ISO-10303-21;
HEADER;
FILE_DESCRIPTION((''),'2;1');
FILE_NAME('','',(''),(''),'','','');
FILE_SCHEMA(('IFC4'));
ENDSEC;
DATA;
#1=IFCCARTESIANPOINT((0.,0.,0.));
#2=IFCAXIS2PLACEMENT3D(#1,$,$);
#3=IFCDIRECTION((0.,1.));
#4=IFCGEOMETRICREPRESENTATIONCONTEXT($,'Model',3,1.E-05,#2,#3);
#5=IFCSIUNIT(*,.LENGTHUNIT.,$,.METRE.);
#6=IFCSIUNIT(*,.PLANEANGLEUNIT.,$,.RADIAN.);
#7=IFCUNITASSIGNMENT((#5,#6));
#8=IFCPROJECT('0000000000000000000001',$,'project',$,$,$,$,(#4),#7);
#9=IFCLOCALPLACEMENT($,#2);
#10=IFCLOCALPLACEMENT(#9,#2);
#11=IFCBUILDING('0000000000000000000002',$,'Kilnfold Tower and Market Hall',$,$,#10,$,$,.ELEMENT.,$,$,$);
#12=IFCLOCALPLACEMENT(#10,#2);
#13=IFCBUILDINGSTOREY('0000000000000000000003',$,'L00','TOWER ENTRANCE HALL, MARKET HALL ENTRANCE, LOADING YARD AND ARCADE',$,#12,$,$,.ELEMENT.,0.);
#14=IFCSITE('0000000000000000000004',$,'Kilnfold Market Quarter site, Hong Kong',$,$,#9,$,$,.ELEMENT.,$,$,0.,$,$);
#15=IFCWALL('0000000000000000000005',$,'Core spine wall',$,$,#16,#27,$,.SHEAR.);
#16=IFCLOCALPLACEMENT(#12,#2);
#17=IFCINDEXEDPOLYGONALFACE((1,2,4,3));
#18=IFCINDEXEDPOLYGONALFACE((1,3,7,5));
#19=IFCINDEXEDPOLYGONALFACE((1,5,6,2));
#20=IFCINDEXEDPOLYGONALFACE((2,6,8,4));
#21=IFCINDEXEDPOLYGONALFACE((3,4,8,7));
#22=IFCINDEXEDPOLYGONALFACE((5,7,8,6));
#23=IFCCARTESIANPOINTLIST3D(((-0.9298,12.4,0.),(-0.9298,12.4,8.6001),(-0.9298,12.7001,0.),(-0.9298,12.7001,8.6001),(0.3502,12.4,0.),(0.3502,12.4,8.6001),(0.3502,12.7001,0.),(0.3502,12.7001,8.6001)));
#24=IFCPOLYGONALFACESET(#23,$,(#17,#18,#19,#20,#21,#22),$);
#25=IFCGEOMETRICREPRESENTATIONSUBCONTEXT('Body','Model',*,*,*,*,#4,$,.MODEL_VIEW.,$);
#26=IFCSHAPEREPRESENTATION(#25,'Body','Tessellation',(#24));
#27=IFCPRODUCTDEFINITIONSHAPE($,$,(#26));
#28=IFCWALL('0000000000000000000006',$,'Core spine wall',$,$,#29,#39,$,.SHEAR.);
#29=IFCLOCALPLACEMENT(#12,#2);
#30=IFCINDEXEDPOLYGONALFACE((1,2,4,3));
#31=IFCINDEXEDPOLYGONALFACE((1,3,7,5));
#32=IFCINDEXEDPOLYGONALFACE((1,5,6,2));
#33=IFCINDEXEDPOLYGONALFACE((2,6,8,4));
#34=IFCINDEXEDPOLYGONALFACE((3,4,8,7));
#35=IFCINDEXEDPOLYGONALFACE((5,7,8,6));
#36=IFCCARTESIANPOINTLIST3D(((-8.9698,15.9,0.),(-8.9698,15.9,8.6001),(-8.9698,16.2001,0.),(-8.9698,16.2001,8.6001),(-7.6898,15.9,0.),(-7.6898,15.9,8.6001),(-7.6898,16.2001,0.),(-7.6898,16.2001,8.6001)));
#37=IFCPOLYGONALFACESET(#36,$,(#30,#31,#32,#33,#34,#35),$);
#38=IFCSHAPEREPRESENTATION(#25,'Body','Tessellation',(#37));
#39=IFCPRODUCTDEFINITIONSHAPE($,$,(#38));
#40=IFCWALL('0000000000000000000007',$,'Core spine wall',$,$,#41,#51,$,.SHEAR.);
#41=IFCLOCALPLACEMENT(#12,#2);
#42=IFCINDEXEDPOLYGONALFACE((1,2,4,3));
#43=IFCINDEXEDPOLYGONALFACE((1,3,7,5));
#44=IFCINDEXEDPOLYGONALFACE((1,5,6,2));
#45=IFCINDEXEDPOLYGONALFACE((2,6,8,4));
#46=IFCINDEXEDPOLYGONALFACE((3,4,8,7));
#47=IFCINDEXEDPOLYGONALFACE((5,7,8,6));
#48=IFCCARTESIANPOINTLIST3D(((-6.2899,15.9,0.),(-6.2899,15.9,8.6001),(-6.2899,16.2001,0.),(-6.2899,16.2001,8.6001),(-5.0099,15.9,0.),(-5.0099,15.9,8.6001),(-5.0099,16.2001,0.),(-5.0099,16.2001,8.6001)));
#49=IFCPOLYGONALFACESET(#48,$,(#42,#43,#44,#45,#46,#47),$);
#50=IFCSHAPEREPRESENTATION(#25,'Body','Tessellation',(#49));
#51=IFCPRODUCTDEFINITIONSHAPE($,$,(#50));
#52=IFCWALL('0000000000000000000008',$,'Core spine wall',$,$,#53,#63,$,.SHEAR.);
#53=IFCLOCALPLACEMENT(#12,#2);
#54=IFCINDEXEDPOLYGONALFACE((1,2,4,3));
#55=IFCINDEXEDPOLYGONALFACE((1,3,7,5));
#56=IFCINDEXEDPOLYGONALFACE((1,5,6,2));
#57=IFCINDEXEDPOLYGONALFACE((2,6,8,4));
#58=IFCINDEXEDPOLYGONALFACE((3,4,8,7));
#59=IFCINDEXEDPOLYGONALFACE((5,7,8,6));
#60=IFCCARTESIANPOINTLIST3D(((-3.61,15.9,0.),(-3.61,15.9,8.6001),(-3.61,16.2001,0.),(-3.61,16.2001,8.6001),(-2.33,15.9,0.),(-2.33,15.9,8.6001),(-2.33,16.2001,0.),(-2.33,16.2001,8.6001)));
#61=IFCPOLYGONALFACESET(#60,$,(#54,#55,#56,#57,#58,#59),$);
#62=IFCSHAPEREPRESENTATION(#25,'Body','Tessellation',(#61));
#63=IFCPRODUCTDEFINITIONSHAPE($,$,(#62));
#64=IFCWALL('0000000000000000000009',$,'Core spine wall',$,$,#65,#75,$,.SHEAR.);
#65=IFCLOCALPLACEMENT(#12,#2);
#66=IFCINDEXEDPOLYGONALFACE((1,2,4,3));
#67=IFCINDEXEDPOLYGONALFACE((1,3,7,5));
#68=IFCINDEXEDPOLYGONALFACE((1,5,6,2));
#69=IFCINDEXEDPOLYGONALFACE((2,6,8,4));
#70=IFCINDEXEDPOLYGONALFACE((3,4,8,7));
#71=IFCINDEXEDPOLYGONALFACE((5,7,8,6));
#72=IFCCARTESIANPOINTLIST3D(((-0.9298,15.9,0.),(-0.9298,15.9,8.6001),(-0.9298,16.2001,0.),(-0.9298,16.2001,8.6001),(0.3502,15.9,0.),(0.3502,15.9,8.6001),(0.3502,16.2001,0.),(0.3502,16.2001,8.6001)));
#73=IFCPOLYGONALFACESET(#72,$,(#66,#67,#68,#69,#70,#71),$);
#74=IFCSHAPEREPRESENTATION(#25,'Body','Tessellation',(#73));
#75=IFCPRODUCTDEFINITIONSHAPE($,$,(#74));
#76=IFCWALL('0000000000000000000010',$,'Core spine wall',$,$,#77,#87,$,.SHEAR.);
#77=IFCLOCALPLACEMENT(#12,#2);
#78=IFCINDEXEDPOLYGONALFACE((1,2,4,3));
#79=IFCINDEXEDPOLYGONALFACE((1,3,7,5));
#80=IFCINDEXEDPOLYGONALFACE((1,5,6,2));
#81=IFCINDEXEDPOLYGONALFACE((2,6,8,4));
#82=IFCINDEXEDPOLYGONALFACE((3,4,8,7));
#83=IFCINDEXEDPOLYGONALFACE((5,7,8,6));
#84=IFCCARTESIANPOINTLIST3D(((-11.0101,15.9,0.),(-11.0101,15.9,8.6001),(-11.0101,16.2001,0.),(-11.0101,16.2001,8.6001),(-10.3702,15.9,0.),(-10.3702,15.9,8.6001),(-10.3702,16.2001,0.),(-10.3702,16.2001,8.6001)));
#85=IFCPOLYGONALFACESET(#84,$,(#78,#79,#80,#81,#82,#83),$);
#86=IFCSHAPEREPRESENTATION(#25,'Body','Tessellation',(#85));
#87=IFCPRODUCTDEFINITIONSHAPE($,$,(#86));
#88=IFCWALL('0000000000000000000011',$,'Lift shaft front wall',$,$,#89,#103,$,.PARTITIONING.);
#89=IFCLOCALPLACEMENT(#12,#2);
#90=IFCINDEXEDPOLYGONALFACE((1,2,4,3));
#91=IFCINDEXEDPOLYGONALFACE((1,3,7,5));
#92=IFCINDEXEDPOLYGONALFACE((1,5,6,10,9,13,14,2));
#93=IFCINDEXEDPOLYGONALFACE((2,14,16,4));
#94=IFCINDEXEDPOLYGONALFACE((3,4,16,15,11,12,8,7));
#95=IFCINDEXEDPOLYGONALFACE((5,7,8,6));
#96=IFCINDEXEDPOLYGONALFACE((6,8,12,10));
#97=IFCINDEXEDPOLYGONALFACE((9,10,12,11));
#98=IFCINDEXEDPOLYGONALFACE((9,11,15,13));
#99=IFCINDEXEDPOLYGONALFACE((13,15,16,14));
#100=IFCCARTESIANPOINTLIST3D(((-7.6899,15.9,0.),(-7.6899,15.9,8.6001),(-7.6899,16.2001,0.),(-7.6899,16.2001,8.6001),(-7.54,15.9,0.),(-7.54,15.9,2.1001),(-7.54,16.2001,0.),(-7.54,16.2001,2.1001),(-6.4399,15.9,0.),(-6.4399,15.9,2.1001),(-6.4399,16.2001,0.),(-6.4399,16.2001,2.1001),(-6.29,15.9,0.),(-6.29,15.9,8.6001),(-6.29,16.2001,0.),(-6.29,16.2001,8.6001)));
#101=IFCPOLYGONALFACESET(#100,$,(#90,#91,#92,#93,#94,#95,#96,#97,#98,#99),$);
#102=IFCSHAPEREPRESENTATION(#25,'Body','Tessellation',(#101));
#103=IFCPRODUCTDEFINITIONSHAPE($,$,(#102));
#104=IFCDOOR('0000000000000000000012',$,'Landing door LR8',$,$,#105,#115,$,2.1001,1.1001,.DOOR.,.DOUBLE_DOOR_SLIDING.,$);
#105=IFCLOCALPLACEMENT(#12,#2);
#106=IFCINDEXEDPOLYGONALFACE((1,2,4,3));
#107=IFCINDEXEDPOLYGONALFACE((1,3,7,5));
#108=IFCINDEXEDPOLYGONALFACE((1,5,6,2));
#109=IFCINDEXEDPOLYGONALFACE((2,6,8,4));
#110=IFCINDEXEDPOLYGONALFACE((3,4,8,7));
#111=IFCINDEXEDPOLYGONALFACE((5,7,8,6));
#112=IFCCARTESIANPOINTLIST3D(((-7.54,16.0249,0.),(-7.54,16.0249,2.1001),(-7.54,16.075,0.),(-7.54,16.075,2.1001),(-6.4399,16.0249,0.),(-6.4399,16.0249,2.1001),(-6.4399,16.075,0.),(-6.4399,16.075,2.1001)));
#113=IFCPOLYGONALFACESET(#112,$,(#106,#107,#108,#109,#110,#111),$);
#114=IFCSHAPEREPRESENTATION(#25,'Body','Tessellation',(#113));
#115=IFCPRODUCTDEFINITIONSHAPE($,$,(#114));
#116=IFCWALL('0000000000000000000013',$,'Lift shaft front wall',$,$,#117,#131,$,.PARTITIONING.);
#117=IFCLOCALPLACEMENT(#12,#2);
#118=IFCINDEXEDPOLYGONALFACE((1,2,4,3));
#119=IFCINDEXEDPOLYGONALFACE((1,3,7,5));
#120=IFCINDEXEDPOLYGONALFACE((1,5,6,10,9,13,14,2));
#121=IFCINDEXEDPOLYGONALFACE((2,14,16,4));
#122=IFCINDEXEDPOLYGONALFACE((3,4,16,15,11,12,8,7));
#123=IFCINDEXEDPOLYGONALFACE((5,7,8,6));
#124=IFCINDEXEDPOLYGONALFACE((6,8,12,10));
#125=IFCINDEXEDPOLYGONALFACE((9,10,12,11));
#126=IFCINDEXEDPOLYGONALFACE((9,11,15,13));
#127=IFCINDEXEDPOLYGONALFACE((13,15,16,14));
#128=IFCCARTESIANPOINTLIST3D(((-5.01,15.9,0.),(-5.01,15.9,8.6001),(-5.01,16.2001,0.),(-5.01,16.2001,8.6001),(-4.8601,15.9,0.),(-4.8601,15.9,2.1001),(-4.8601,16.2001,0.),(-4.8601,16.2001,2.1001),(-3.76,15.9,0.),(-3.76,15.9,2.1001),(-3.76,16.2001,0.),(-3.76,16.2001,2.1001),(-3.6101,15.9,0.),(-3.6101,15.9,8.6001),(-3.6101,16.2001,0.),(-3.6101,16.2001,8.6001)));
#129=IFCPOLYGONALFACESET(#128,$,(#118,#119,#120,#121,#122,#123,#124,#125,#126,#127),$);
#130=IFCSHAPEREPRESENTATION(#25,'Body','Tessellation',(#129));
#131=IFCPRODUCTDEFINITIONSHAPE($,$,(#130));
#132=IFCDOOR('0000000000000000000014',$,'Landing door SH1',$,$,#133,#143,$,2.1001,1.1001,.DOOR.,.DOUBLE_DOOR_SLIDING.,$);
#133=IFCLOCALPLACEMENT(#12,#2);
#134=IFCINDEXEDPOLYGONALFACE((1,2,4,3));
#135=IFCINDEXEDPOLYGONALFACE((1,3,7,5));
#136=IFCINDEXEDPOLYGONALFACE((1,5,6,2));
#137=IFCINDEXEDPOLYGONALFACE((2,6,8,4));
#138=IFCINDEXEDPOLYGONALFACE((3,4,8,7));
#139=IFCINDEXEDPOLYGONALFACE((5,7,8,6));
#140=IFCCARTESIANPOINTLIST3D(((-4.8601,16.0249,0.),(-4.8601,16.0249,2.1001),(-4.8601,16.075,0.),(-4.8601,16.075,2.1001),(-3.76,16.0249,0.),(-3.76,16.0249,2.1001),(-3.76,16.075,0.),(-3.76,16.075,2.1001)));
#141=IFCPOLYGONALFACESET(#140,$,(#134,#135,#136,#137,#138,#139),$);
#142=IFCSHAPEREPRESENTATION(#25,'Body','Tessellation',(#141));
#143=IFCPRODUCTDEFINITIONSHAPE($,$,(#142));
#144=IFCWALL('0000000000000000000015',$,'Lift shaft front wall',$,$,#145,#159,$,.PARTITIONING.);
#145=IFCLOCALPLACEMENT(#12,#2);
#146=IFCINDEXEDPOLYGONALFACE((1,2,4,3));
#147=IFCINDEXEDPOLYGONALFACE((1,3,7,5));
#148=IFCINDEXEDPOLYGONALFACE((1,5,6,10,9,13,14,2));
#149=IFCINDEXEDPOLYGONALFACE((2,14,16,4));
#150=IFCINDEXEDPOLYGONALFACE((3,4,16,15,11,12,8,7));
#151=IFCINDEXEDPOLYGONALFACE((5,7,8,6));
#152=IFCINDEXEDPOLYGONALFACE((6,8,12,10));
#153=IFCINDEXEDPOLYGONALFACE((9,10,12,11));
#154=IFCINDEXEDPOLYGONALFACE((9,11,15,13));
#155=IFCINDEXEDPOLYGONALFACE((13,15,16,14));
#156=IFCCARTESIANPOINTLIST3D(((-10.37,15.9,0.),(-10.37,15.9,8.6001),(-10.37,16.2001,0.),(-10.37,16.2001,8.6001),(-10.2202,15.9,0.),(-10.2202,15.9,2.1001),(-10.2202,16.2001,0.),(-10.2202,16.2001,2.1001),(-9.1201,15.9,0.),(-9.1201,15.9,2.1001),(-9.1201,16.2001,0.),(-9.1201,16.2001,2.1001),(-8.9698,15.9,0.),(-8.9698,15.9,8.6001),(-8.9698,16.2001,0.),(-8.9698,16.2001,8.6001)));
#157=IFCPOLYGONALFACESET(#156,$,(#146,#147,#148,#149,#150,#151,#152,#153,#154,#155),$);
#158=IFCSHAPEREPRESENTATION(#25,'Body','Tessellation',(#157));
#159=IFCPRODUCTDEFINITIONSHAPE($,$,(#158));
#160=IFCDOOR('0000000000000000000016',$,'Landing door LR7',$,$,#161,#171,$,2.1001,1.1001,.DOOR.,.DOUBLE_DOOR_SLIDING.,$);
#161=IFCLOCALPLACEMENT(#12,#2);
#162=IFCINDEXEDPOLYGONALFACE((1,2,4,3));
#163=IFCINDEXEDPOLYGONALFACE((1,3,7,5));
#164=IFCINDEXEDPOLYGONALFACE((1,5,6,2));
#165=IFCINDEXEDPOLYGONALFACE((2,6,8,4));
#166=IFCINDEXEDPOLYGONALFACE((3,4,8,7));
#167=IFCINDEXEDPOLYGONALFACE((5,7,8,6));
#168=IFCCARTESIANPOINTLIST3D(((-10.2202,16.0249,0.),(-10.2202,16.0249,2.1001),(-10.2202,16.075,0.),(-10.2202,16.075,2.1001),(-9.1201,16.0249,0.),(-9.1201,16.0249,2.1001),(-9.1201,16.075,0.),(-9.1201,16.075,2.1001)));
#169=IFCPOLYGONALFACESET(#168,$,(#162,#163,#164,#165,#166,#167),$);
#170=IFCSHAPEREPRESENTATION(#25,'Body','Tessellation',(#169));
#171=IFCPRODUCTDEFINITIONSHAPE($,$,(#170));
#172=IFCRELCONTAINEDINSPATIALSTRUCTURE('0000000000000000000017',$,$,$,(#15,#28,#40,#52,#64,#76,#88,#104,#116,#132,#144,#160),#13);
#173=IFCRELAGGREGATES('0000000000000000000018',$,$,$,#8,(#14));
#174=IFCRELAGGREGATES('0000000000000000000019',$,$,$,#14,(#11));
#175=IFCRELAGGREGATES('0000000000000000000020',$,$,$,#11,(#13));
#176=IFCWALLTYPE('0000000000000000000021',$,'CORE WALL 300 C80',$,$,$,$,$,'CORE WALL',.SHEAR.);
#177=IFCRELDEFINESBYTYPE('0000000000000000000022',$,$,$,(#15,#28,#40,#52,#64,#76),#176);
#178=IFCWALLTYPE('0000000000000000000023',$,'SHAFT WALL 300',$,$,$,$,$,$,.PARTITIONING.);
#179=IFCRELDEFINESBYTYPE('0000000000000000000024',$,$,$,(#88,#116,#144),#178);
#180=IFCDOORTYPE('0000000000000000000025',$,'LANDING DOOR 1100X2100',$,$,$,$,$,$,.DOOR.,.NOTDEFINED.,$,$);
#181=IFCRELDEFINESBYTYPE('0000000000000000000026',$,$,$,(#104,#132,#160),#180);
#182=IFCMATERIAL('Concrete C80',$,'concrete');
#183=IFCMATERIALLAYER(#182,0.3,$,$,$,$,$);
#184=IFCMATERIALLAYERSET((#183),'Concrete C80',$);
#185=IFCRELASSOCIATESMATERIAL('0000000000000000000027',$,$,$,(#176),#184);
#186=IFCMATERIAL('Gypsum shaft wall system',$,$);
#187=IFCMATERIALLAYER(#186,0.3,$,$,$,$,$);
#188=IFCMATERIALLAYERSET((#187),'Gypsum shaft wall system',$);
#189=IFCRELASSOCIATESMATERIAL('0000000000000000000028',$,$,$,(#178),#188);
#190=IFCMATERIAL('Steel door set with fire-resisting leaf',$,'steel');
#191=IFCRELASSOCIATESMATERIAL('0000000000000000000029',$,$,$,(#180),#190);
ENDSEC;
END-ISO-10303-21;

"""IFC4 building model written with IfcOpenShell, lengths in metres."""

from ifc_helpers import new_model, si_unit, direction, frame, frame_2d, origin, place, context, subcontext, project, spatial, rectangle, extrude, source, transform, mapped, material, layer, layer_set, type_object, element, fill, save


model = new_model("IFC4")

# Units and contexts
model_context = context("Model", 3, precision=1e-05, world=origin(), true_north=direction((0.0, 1.0)))
body_context = subcontext(model_context, "Body", "Model", "MODEL_VIEW")
ifc_project = project(units=[si_unit("LENGTHUNIT", "METRE"), si_unit("PLANEANGLEUNIT", "RADIAN")], contexts=[model_context])

# Site, building, storey
site_placement = place(None, origin())
site = spatial("IfcSite", under=ifc_project, at=site_placement, Name="Kilnfold Market Quarter site, Hong Kong", CompositionType="ELEMENT", RefElevation=0.0)
building_placement = place(site_placement, origin())
building = spatial("IfcBuilding", under=site, at=building_placement, Name="Kilnfold Tower and Market Hall", CompositionType="ELEMENT")
storey_placement = place(building_placement, origin())
storey = spatial("IfcBuildingStorey", under=building, at=storey_placement, Name="L00", Description="TOWER ENTRANCE HALL, MARKET HALL ENTRANCE, LOADING YARD AND ARCADE", CompositionType="ELEMENT", Elevation=0.0)

# Walls
ifc_material_1 = material(Name="Concrete C80", Category="concrete")
ifc_layer_1 = layer(ifc_material_1, 0.3)
ifc_layer_set_1 = layer_set([ifc_layer_1], Name="Concrete C80")
wall_type_1 = type_object("IfcWallType", Name="CORE WALL 300 C80", ElementType="CORE WALL", PredefinedType="SHEAR", material=ifc_layer_set_1)
shared_shape_1 = source(origin(), body_context, "Body", "SweptSolid", [
    extrude(rectangle(XDim=1.28, YDim=0.3, at=frame_2d((0.6401, 0.0))), origin(), (0.0, 0.0, 1.0), 8.6001),
])
for number, where, z_axis, x_axis, name in (
    (1, (-0.9299, 12.55, 0.0), (0.0, 0.0, 1.0), (1.0, 0.0, 0.0), "Core spine wall"),
    (2, (-8.97, 16.05, 0.0), (0.0, 0.0, 1.0), (1.0, 0.0, 0.0), "Core spine wall"),
    (3, (-6.29, 16.05, 0.0), (0.0, 0.0, 1.0), (1.0, 0.0, 0.0), "Core spine wall"),
    (4, (-3.6101, 16.05, 0.0), (0.0, 0.0, 1.0), (1.0, 0.0, 0.0), "Core spine wall"),
    (5, (-0.9299, 16.05, 0.0), (0.0, 0.0, 1.0), (1.0, 0.0, 0.0), "Core spine wall"),
):
    element("IfcWall", number, at=place(storey_placement, frame(where, z_axis=z_axis, x_axis=x_axis)), inside=storey, type_object=wall_type_1, Name=name, PredefinedType="SHEAR", context=body_context, shape_type="MappedRepresentation", body=[
        mapped(shared_shape_1, transform((0.0, 0.0, 0.0))),
    ])
shared_shape_2 = source(origin(), body_context, "Body", "SweptSolid", [
    extrude(rectangle(XDim=0.6399, YDim=0.3, at=frame_2d((0.3198, 0.0))), origin(), (0.0, 0.0, 1.0), 8.6001),
])
wall_1_placement = place(storey_placement, frame((-11.01, 16.05, 0.0), z_axis=(0.0, 0.0, 1.0), x_axis=(1.0, 0.0, 0.0)))
element("IfcWall", 6, at=wall_1_placement, inside=storey, type_object=wall_type_1, Name="Core spine wall", PredefinedType="SHEAR", context=body_context, shape_type="MappedRepresentation", body=[
    mapped(shared_shape_2, transform((0.0, 0.0, 0.0))),
])

# Walls, openings, doors
ifc_material_2 = material(Name="Gypsum shaft wall system")
ifc_layer_2 = layer(ifc_material_2, 0.3)
ifc_layer_set_2 = layer_set([ifc_layer_2], Name="Gypsum shaft wall system")
wall_type_2 = type_object("IfcWallType", Name="SHAFT WALL 300", PredefinedType="PARTITIONING", material=ifc_layer_set_2)
shared_shape_3 = source(origin(), body_context, "Body", "SweptSolid", [
    extrude(rectangle(XDim=1.3999, YDim=0.3, at=frame_2d((0.7, 0.0))), origin(), (0.0, 0.0, 1.0), 8.6001),
])
wall_2_placement = place(storey_placement, frame((-7.6899, 16.05, 0.0), z_axis=(0.0, 0.0, 1.0), x_axis=(1.0, 0.0, 0.0)))
wall_2 = element("IfcWall", 7, at=wall_2_placement, inside=storey, type_object=wall_type_2, Name="Lift shaft front wall", PredefinedType="PARTITIONING", context=body_context, shape_type="MappedRepresentation", body=[
    mapped(shared_shape_3, transform((0.0, 0.0, 0.0))),
])
opening_1_placement = place(wall_2_placement, frame((0.1499, 0.0, 0.0)))
opening_1 = element("IfcOpeningElement", 8, at=opening_1_placement, cuts=wall_2, PredefinedType="OPENING", context=body_context, shape_type="SweptSolid", body=[
    extrude(rectangle(XDim=1.1001, YDim=2.1001, at=frame_2d((0.55, 1.05))), frame((0.0, 0.1602, 0.0), z_axis=(0.0, -1.0, 0.0), x_axis=(1.0, 0.0, 0.0)), (0.0, 0.0, 1.0), 0.3201),
])
ifc_material_3 = material(Name="Steel door set with fire-resisting leaf", Category="steel")
door_type = type_object("IfcDoorType", Name="LANDING DOOR 1100X2100", OperationType="NOTDEFINED", PredefinedType="DOOR", material=ifc_material_3)
door_1_placement = place(opening_1_placement, origin())
door_1 = element("IfcDoor", 9, at=door_1_placement, inside=storey, type_object=door_type, Name="Landing door LR8", OperationType="DOUBLE_DOOR_SLIDING", OverallHeight=2.1001, OverallWidth=1.1001, PredefinedType="DOOR", context=body_context, shape_type="SweptSolid", body=[
    extrude(rectangle(XDim=1.1001, YDim=2.1001, at=frame_2d((0.55, 1.05))), frame((0.0, 0.0249, 0.0), z_axis=(0.0, -1.0, 0.0), x_axis=(1.0, 0.0, 0.0)), (0.0, 0.0, 1.0), 0.05),
])
fill(opening_1, door_1)
wall_3_placement = place(storey_placement, frame((-5.01, 16.05, 0.0), z_axis=(0.0, 0.0, 1.0), x_axis=(1.0, 0.0, 0.0)))
wall_3 = element("IfcWall", 10, at=wall_3_placement, inside=storey, type_object=wall_type_2, Name="Lift shaft front wall", PredefinedType="PARTITIONING", context=body_context, shape_type="MappedRepresentation", body=[
    mapped(shared_shape_3, transform((0.0, 0.0, 0.0))),
])
opening_2_placement = place(wall_3_placement, frame((0.1499, 0.0, 0.0)))
opening_2 = element("IfcOpeningElement", 11, at=opening_2_placement, cuts=wall_3, PredefinedType="OPENING", context=body_context, shape_type="SweptSolid", body=[
    extrude(rectangle(XDim=1.1001, YDim=2.1001, at=frame_2d((0.55, 1.05))), frame((0.0, 0.1602, 0.0), z_axis=(0.0, -1.0, 0.0), x_axis=(1.0, 0.0, 0.0)), (0.0, 0.0, 1.0), 0.3201),
])
door_2_placement = place(opening_2_placement, origin())
door_2 = element("IfcDoor", 12, at=door_2_placement, inside=storey, type_object=door_type, Name="Landing door SH1", OperationType="DOUBLE_DOOR_SLIDING", OverallHeight=2.1001, OverallWidth=1.1001, PredefinedType="DOOR", context=body_context, shape_type="SweptSolid", body=[
    extrude(rectangle(XDim=1.1001, YDim=2.1001, at=frame_2d((0.55, 1.05))), frame((0.0, 0.0249, 0.0), z_axis=(0.0, -1.0, 0.0), x_axis=(1.0, 0.0, 0.0)), (0.0, 0.0, 1.0), 0.05),
])
fill(opening_2, door_2)
shared_shape_4 = source(origin(), body_context, "Body", "SweptSolid", [
    extrude(rectangle(XDim=1.4001, YDim=0.3, at=frame_2d((0.7002, 0.0))), origin(), (0.0, 0.0, 1.0), 8.6001),
])
wall_4_placement = place(storey_placement, frame((-10.3701, 16.05, 0.0), z_axis=(0.0, 0.0, 1.0), x_axis=(1.0, 0.0, 0.0)))
wall_4 = element("IfcWall", 13, at=wall_4_placement, inside=storey, type_object=wall_type_2, Name="Lift shaft front wall", PredefinedType="PARTITIONING", context=body_context, shape_type="MappedRepresentation", body=[
    mapped(shared_shape_4, transform((0.0, 0.0, 0.0))),
])
opening_3_placement = place(wall_4_placement, frame((0.1499, 0.0, 0.0)))
opening_3 = element("IfcOpeningElement", 14, at=opening_3_placement, cuts=wall_4, PredefinedType="OPENING", context=body_context, shape_type="SweptSolid", body=[
    extrude(rectangle(XDim=1.1001, YDim=2.1001, at=frame_2d((0.55, 1.05))), frame((0.0, 0.1602, 0.0), z_axis=(0.0, -1.0, 0.0), x_axis=(1.0, 0.0, 0.0)), (0.0, 0.0, 1.0), 0.3201),
])
door_3_placement = place(opening_3_placement, origin())
door_3 = element("IfcDoor", 15, at=door_3_placement, inside=storey, type_object=door_type, Name="Landing door LR7", OperationType="DOUBLE_DOOR_SLIDING", OverallHeight=2.1001, OverallWidth=1.1001, PredefinedType="DOOR", context=body_context, shape_type="SweptSolid", body=[
    extrude(rectangle(XDim=1.1001, YDim=2.1001, at=frame_2d((0.55, 1.05))), frame((0.0, 0.0249, 0.0), z_axis=(0.0, -1.0, 0.0), x_axis=(1.0, 0.0, 0.0)), (0.0, 0.0, 1.0), 0.05),
])
fill(opening_3, door_3)

save(model, "model.ifc")
